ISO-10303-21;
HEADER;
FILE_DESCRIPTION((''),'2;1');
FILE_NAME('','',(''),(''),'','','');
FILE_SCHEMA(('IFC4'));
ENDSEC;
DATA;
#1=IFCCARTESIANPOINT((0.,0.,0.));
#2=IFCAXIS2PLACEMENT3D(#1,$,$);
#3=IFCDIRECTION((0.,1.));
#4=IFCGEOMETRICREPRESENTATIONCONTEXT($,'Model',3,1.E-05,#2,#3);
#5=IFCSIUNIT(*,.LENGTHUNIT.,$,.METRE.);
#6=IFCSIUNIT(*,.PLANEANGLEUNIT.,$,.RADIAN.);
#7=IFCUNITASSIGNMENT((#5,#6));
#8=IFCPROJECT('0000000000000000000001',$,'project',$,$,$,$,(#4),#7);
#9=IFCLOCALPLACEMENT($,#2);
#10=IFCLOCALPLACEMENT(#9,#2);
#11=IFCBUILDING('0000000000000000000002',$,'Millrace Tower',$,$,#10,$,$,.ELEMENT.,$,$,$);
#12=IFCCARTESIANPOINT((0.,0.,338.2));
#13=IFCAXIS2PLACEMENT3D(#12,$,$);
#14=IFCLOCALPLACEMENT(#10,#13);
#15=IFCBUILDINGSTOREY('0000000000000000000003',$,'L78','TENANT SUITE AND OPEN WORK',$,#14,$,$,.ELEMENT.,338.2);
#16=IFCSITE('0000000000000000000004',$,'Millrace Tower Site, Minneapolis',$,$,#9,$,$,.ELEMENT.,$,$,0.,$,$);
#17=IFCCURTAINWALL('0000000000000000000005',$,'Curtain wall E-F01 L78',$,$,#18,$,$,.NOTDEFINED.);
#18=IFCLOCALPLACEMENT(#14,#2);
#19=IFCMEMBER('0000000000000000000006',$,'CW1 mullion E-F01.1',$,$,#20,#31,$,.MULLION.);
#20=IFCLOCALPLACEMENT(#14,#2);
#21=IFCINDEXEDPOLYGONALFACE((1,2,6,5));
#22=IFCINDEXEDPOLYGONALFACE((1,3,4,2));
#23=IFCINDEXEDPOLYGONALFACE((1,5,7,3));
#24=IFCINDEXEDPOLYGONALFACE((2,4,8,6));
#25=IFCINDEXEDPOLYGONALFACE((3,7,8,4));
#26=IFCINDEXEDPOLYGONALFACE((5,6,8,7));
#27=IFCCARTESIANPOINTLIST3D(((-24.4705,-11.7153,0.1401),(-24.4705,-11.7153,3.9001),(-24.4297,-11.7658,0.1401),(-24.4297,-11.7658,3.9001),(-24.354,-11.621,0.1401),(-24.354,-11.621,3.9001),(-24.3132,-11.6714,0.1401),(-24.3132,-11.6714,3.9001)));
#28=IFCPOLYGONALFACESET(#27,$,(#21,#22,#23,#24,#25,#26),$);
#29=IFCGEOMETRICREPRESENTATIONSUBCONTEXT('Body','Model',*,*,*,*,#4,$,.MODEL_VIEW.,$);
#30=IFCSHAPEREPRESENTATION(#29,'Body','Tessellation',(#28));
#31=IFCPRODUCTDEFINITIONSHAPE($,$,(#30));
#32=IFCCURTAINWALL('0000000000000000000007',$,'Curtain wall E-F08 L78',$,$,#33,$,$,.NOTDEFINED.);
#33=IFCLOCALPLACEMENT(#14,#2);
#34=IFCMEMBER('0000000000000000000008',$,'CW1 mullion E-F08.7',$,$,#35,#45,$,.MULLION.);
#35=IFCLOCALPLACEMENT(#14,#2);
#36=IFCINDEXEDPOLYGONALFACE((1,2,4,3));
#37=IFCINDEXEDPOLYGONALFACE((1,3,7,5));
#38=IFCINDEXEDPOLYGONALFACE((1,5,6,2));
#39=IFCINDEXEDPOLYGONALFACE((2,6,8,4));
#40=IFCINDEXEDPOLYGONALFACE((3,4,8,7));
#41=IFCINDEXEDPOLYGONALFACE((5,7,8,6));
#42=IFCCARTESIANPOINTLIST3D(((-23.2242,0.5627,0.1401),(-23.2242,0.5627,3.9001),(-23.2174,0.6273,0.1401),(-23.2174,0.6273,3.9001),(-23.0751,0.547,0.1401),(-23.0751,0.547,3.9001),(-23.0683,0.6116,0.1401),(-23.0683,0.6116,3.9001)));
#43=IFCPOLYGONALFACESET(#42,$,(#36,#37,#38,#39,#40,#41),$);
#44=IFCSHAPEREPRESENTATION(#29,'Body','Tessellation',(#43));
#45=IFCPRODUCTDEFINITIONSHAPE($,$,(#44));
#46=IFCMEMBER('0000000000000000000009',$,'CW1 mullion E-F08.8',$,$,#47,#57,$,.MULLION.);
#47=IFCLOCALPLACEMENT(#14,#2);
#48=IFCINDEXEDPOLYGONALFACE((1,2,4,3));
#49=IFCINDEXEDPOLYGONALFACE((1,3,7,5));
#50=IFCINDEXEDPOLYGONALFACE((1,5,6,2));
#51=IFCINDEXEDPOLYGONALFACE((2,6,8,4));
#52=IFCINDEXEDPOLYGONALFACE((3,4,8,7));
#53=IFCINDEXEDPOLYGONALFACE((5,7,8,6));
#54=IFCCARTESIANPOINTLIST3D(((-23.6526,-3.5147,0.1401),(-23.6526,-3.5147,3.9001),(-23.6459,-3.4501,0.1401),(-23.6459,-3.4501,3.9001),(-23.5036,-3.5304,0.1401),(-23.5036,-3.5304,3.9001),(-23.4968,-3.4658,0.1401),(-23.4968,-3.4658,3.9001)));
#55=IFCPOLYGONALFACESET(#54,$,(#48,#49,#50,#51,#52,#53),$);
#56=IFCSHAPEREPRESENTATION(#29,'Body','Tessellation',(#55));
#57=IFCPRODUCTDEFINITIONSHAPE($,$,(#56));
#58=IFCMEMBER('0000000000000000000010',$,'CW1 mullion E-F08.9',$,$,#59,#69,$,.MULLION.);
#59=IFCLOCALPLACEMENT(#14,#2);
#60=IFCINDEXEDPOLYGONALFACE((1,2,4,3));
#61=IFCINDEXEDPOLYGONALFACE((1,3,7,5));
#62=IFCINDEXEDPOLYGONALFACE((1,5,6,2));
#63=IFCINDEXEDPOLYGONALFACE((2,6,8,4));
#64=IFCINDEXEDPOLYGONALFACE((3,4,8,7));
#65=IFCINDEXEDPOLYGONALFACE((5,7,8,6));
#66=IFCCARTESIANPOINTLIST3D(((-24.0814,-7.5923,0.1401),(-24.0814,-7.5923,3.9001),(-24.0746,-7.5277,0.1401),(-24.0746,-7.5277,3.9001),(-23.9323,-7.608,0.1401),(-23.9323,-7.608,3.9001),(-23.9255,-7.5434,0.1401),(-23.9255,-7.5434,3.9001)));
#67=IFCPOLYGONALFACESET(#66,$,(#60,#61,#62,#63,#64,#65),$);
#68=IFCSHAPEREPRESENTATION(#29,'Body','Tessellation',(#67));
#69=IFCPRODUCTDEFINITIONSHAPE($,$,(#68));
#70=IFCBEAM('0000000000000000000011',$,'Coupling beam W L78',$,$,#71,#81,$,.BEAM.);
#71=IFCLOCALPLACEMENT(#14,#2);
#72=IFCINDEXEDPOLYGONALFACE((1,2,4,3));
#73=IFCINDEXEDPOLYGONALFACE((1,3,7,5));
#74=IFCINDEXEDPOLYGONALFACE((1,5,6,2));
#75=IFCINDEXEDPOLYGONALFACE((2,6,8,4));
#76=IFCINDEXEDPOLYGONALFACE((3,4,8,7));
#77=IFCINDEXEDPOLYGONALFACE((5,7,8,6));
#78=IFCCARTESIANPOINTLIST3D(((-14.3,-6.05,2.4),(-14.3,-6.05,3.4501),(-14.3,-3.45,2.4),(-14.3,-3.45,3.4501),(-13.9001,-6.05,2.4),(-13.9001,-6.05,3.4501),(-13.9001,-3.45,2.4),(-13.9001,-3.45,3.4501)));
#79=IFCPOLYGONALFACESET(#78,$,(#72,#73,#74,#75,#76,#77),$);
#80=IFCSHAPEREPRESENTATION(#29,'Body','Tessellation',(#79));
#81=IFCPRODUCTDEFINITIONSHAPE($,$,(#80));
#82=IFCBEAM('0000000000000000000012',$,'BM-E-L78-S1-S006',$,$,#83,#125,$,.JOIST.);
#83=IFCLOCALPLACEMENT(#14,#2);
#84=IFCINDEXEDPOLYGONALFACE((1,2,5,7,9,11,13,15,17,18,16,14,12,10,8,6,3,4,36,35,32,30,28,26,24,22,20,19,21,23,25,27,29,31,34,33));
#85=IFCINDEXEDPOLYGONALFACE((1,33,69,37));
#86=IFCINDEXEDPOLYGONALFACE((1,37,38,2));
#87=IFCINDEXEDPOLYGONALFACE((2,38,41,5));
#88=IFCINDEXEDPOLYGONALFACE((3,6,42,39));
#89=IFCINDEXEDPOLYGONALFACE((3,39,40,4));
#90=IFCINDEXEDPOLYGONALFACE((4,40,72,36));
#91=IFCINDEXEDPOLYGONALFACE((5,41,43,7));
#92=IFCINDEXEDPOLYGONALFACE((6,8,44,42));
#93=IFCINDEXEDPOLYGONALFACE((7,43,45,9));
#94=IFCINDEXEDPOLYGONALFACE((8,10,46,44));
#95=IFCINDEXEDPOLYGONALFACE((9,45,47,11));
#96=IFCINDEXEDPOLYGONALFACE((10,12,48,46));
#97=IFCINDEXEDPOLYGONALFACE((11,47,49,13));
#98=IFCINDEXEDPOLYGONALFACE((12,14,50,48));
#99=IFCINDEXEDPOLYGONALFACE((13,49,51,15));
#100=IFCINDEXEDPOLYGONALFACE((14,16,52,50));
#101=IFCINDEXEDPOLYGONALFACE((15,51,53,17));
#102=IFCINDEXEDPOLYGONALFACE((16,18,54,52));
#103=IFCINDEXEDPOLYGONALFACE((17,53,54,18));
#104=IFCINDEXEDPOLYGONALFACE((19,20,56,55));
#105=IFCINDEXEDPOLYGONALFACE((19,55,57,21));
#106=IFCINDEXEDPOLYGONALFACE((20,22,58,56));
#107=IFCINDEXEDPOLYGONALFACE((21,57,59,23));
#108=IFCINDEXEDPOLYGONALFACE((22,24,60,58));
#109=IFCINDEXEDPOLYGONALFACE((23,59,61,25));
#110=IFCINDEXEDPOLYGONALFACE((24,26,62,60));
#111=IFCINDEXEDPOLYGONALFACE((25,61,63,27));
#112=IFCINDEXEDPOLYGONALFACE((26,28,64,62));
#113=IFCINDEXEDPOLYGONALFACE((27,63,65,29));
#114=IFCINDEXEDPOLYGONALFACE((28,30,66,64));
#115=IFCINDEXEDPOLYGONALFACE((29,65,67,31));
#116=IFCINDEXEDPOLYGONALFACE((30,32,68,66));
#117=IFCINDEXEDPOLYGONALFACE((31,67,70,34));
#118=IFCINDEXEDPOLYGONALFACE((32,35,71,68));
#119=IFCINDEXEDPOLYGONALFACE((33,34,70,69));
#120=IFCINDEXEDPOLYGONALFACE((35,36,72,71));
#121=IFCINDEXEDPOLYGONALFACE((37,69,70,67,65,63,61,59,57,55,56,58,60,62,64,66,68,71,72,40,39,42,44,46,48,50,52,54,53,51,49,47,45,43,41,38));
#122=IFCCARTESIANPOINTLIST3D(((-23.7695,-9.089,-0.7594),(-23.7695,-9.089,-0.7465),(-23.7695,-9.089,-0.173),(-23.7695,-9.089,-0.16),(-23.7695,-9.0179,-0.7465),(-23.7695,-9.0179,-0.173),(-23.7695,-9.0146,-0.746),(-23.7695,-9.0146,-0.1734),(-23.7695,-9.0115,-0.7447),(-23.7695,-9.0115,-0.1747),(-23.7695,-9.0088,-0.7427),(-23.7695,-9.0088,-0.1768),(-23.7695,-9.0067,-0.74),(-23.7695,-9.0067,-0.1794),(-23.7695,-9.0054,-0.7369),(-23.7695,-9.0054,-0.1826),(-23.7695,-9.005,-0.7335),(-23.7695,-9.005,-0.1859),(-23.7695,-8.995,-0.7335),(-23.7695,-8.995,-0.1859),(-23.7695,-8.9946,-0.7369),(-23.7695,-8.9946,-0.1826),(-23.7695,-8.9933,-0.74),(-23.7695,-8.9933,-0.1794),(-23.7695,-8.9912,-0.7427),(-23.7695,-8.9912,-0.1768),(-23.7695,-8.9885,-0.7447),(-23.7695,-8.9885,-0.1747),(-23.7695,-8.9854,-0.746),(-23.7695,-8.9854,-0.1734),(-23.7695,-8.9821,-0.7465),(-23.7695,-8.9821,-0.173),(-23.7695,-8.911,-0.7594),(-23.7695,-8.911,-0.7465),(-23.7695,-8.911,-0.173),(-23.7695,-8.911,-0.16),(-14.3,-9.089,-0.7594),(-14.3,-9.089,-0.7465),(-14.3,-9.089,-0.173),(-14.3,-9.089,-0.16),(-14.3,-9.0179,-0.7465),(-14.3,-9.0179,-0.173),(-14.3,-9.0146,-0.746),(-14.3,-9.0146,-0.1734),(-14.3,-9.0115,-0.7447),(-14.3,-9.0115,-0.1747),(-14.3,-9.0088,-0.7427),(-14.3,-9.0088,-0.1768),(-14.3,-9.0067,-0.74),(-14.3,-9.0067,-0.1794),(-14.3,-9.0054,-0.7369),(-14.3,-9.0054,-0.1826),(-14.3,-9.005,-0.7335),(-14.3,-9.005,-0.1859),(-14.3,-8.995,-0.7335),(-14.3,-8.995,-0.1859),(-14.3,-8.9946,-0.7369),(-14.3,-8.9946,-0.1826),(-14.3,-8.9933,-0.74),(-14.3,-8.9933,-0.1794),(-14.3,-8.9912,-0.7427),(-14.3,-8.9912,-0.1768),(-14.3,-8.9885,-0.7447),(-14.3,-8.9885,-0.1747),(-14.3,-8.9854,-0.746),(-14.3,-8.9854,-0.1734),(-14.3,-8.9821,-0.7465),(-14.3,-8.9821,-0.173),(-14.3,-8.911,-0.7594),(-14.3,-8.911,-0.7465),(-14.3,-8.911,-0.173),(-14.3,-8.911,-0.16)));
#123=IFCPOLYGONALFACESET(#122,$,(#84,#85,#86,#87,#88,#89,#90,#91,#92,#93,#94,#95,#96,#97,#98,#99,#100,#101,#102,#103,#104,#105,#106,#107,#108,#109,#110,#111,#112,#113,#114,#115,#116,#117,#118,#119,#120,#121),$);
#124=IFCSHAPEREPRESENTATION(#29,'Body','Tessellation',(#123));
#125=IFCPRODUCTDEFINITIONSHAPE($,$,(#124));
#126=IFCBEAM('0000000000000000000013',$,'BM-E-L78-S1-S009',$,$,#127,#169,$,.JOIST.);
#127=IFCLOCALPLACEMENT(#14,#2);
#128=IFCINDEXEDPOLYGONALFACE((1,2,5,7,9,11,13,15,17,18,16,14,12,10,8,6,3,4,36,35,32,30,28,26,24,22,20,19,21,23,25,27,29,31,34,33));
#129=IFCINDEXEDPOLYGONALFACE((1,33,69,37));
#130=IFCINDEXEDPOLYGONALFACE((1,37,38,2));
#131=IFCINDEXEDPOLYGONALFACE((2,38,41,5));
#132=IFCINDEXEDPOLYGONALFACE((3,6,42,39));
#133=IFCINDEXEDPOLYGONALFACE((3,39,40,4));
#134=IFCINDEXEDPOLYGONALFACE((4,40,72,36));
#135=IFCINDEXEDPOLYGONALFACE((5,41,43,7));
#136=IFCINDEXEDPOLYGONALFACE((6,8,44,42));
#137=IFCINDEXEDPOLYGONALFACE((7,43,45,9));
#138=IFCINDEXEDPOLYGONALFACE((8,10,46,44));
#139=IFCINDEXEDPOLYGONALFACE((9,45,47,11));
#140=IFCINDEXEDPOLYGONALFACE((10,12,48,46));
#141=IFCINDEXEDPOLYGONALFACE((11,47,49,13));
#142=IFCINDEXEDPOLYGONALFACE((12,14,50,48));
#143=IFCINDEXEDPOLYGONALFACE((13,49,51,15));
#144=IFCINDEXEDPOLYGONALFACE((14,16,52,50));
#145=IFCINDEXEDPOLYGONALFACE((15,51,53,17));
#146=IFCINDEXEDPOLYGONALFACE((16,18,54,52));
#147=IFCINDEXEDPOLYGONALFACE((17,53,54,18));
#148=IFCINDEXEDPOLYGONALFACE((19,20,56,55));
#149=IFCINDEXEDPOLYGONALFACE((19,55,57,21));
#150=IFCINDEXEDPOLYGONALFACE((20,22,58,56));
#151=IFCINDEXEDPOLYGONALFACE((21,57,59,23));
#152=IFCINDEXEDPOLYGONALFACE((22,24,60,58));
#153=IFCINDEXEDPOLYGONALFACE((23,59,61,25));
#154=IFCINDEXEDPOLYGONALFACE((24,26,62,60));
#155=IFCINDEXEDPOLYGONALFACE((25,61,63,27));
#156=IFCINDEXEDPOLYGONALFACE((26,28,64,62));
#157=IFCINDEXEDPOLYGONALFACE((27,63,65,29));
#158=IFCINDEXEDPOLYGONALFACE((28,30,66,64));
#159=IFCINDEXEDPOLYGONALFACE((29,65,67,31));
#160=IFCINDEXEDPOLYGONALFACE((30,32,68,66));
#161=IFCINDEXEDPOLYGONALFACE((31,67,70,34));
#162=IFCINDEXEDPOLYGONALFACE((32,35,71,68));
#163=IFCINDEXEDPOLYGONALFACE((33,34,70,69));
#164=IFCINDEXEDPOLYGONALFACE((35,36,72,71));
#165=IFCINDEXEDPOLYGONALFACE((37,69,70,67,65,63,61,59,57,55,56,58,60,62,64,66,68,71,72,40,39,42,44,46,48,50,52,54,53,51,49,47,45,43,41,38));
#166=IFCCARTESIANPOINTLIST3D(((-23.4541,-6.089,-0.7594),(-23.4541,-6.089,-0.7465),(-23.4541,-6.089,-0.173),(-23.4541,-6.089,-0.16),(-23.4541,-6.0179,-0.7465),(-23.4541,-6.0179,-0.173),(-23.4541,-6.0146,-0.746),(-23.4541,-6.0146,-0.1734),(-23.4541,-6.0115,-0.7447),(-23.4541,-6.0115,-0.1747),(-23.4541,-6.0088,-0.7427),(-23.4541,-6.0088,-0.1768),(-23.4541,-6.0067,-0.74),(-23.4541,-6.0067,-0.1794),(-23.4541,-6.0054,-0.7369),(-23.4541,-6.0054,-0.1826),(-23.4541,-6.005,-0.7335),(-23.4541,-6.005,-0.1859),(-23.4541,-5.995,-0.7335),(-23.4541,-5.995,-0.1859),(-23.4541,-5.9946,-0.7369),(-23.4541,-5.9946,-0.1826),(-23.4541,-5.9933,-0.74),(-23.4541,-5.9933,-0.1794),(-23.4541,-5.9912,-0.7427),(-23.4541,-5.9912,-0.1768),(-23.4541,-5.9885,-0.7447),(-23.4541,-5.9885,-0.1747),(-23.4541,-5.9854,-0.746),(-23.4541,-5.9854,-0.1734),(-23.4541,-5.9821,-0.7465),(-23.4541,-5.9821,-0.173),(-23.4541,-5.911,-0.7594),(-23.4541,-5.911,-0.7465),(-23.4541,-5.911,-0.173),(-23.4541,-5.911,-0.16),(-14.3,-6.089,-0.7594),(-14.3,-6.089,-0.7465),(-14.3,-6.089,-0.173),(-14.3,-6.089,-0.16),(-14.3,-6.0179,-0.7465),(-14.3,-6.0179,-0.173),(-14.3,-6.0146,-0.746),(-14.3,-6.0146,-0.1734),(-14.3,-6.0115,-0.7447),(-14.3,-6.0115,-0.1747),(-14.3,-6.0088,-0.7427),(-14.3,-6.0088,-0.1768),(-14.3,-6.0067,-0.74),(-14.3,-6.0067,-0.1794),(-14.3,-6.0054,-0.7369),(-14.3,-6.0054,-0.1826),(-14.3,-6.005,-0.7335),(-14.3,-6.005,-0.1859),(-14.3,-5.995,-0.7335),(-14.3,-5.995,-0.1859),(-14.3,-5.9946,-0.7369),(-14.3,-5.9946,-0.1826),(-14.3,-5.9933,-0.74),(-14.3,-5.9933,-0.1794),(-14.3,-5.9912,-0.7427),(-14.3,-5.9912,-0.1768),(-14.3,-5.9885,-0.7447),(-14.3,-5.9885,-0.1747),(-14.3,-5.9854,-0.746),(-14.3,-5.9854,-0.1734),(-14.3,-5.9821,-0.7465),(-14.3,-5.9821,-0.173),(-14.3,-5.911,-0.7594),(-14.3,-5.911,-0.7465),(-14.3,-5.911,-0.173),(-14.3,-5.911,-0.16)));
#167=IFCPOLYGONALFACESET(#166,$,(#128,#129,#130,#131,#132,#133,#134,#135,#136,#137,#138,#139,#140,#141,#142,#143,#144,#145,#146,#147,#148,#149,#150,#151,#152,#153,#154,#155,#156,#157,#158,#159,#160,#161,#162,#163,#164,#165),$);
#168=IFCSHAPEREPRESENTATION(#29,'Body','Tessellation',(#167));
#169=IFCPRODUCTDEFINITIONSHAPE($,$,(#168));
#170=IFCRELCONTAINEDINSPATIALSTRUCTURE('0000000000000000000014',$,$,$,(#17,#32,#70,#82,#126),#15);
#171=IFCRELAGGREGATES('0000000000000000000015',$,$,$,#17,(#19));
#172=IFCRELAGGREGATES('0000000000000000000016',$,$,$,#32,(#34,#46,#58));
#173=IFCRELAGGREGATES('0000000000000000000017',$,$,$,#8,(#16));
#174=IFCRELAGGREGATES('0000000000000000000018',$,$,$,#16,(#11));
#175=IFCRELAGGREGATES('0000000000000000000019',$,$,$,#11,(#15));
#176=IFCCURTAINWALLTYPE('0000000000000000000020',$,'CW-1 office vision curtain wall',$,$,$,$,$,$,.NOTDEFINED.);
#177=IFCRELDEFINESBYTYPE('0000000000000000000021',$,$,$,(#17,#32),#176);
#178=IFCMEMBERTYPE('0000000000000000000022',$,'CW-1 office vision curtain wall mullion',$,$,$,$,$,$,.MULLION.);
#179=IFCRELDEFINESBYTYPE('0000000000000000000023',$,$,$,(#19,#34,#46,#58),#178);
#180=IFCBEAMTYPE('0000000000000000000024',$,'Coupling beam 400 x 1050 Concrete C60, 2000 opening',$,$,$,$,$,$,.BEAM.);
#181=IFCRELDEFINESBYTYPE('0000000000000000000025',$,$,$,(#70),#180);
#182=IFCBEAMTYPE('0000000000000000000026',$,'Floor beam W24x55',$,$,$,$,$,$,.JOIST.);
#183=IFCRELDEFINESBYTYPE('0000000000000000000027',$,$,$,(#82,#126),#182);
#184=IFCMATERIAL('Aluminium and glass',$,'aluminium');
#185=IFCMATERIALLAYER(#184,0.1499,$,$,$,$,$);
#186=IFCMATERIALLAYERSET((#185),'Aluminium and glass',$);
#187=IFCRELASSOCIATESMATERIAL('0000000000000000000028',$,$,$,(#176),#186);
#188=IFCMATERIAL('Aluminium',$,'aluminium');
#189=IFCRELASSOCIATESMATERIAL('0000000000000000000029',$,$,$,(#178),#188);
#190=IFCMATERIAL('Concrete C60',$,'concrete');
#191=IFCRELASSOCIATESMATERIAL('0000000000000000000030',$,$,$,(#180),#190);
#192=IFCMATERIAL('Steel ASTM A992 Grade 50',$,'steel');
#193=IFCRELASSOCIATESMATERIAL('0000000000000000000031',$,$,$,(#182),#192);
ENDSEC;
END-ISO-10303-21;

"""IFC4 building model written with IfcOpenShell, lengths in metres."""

from ifc_helpers import new_model, si_unit, direction, frame, origin, origin_2d, place, context, subcontext, project, spatial, rectangle, i_section, extrude, material, layer, layer_set, material_profile, profile_set, type_object, element, aggregate, save


model = new_model("IFC4")

# Units and contexts
model_context = context("Model", 3, precision=1e-05, world=origin(), true_north=direction((0.0, 1.0)))
body_context = subcontext(model_context, "Body", "Model", "MODEL_VIEW")
ifc_project = project(units=[si_unit("LENGTHUNIT", "METRE"), si_unit("PLANEANGLEUNIT", "RADIAN")], contexts=[model_context])

# Site, building, storey
site_placement = place(None, origin())
site = spatial("IfcSite", under=ifc_project, at=site_placement, Name="Millrace Tower Site, Minneapolis", CompositionType="ELEMENT", RefElevation=0.0)
building_placement = place(site_placement, origin())
building = spatial("IfcBuilding", under=site, at=building_placement, Name="Millrace Tower", CompositionType="ELEMENT")
storey_placement = place(building_placement, frame((0.0, 0.0, 338.2)))
storey = spatial("IfcBuildingStorey", under=building, at=storey_placement, Name="L78", Description="TENANT SUITE AND OPEN WORK", CompositionType="ELEMENT", Elevation=338.2)

# Curtain wall, member
ifc_material_1 = material(Name="Aluminium and glass", Category="aluminium")
ifc_layer_1 = layer(ifc_material_1, 0.1499)
ifc_layer_set_1 = layer_set([ifc_layer_1], Name="Aluminium and glass")
curtain_wall_type = type_object("IfcCurtainWallType", Name="CW-1 office vision curtain wall", PredefinedType="NOTDEFINED", material=ifc_layer_set_1)
placement = place(storey_placement, origin())
curtain_wall_1 = element("IfcCurtainWall", 1, at=placement, inside=storey, type_object=curtain_wall_type, Name="Curtain wall E-F01 L78", PredefinedType="NOTDEFINED")
ifc_material_2 = material(Name="Aluminium", Category="aluminium")
ifc_material_profile_1 = material_profile(ifc_material_2, rectangle(XDim=0.0649, YDim=0.1499, at=origin_2d()))
ifc_profile_set_1 = profile_set([ifc_material_profile_1], Name="Aluminium")
member_type = type_object("IfcMemberType", Name="CW-1 office vision curtain wall mullion", PredefinedType="MULLION", material=ifc_profile_set_1)
member_1_placement = place(storey_placement, frame((-24.3918, -11.6934, 0.1401), z_axis=(0.0, 0.0, 1.0), x_axis=(0.62932, -0.777146, 0.0)))
member_1 = element("IfcMember", 2, at=member_1_placement, type_object=member_type, Name="CW1 mullion E-F01.1", PredefinedType="MULLION", context=body_context, shape_type="SweptSolid", body=[
    extrude(rectangle(XDim=0.0649, YDim=0.1499, at=origin_2d()), origin(), (0.0, 0.0, 1.0), 3.76),
])
aggregate(curtain_wall_1, [member_1])

# Curtain wall, members
curtain_wall_2 = element("IfcCurtainWall", 3, at=placement, inside=storey, type_object=curtain_wall_type, Name="Curtain wall E-F08 L78", PredefinedType="NOTDEFINED")
member_2_placement = place(storey_placement, frame((-23.1462, 0.5872, 0.1401), z_axis=(0.0, 0.0, 1.0), x_axis=(-0.104528, -0.994522, 0.0)))
member_2 = element("IfcMember", 4, at=member_2_placement, type_object=member_type, Name="CW1 mullion E-F08.7", PredefinedType="MULLION", context=body_context, shape_type="SweptSolid", body=[
    extrude(rectangle(XDim=0.0649, YDim=0.1499, at=origin_2d()), origin(), (0.0, 0.0, 1.0), 3.76),
])
member_3_placement = place(storey_placement, frame((-23.5747, -3.4902, 0.1401), z_axis=(0.0, 0.0, 1.0), x_axis=(-0.104528, -0.994522, 0.0)))
member_3 = element("IfcMember", 5, at=member_3_placement, type_object=member_type, Name="CW1 mullion E-F08.8", PredefinedType="MULLION", context=body_context, shape_type="SweptSolid", body=[
    extrude(rectangle(XDim=0.0649, YDim=0.1499, at=origin_2d()), origin(), (0.0, 0.0, 1.0), 3.76),
])
member_4_placement = place(storey_placement, frame((-24.0034, -7.5679, 0.1401), z_axis=(0.0, 0.0, 1.0), x_axis=(-0.104528, -0.994522, 0.0)))
member_4 = element("IfcMember", 6, at=member_4_placement, type_object=member_type, Name="CW1 mullion E-F08.9", PredefinedType="MULLION", context=body_context, shape_type="SweptSolid", body=[
    extrude(rectangle(XDim=0.0649, YDim=0.1499, at=origin_2d()), origin(), (0.0, 0.0, 1.0), 3.76),
])
aggregate(curtain_wall_2, [member_2, member_3, member_4])

# Beams
ifc_material_3 = material(Name="Concrete C60", Category="concrete")
ifc_material_profile_2 = material_profile(ifc_material_3, rectangle(XDim=0.3999, YDim=1.05, at=origin_2d()))
ifc_profile_set_2 = profile_set([ifc_material_profile_2], Name="Concrete C60")
beam_type_1 = type_object("IfcBeamType", Name="Coupling beam 400 x 1050 Concrete C60, 2000 opening", PredefinedType="BEAM", material=ifc_profile_set_2)
beam_1_placement = place(storey_placement, frame((-14.1001, -6.05, 2.925), z_axis=(0.0, 1.0, 0.0), x_axis=(-1.0, 0.0, 0.0)))
element("IfcBeam", 7, at=beam_1_placement, inside=storey, type_object=beam_type_1, Name="Coupling beam W L78", PredefinedType="BEAM", context=body_context, shape_type="SweptSolid", body=[
    extrude(rectangle(XDim=0.3999, YDim=1.05, at=origin_2d()), origin(), (0.0, 0.0, 1.0), 2.6001),
])
ifc_material_4 = material(Name="Steel ASTM A992 Grade 50", Category="steel")
ifc_material_profile_3 = material_profile(ifc_material_4, i_section(OverallWidth=0.178, OverallDepth=0.5994, WebThickness=0.01, FlangeThickness=0.0129, FilletRadius=0.0129, at=origin_2d()))
ifc_profile_set_3 = profile_set([ifc_material_profile_3], Name="Steel ASTM A992 Grade 50")
beam_type_2 = type_object("IfcBeamType", Name="Floor beam W24x55", PredefinedType="JOIST", material=ifc_profile_set_3)
beam_2_placement = place(storey_placement, frame((-23.7695, -9.0, -0.4597), z_axis=(1.0, 0.0, 0.0), x_axis=(0.0, 1.0, 0.0)))
element("IfcBeam", 8, at=beam_2_placement, inside=storey, type_object=beam_type_2, Name="BM-E-L78-S1-S006", PredefinedType="JOIST", context=body_context, shape_type="SweptSolid", body=[
    extrude(i_section(OverallWidth=0.178, OverallDepth=0.5994, WebThickness=0.01, FlangeThickness=0.0129, FilletRadius=0.0129, at=origin_2d()), origin(), (0.0, 0.0, 1.0), 9.4695),
])
beam_3_placement = place(storey_placement, frame((-23.4541, -6.0, -0.4597), z_axis=(1.0, 0.0, 0.0), x_axis=(0.0, 1.0, 0.0)))
element("IfcBeam", 9, at=beam_3_placement, inside=storey, type_object=beam_type_2, Name="BM-E-L78-S1-S009", PredefinedType="JOIST", context=body_context, shape_type="SweptSolid", body=[
    extrude(i_section(OverallWidth=0.178, OverallDepth=0.5994, WebThickness=0.01, FlangeThickness=0.0129, FilletRadius=0.0129, at=origin_2d()), origin(), (0.0, 0.0, 1.0), 9.1541),
])

save(model, "model.ifc")
